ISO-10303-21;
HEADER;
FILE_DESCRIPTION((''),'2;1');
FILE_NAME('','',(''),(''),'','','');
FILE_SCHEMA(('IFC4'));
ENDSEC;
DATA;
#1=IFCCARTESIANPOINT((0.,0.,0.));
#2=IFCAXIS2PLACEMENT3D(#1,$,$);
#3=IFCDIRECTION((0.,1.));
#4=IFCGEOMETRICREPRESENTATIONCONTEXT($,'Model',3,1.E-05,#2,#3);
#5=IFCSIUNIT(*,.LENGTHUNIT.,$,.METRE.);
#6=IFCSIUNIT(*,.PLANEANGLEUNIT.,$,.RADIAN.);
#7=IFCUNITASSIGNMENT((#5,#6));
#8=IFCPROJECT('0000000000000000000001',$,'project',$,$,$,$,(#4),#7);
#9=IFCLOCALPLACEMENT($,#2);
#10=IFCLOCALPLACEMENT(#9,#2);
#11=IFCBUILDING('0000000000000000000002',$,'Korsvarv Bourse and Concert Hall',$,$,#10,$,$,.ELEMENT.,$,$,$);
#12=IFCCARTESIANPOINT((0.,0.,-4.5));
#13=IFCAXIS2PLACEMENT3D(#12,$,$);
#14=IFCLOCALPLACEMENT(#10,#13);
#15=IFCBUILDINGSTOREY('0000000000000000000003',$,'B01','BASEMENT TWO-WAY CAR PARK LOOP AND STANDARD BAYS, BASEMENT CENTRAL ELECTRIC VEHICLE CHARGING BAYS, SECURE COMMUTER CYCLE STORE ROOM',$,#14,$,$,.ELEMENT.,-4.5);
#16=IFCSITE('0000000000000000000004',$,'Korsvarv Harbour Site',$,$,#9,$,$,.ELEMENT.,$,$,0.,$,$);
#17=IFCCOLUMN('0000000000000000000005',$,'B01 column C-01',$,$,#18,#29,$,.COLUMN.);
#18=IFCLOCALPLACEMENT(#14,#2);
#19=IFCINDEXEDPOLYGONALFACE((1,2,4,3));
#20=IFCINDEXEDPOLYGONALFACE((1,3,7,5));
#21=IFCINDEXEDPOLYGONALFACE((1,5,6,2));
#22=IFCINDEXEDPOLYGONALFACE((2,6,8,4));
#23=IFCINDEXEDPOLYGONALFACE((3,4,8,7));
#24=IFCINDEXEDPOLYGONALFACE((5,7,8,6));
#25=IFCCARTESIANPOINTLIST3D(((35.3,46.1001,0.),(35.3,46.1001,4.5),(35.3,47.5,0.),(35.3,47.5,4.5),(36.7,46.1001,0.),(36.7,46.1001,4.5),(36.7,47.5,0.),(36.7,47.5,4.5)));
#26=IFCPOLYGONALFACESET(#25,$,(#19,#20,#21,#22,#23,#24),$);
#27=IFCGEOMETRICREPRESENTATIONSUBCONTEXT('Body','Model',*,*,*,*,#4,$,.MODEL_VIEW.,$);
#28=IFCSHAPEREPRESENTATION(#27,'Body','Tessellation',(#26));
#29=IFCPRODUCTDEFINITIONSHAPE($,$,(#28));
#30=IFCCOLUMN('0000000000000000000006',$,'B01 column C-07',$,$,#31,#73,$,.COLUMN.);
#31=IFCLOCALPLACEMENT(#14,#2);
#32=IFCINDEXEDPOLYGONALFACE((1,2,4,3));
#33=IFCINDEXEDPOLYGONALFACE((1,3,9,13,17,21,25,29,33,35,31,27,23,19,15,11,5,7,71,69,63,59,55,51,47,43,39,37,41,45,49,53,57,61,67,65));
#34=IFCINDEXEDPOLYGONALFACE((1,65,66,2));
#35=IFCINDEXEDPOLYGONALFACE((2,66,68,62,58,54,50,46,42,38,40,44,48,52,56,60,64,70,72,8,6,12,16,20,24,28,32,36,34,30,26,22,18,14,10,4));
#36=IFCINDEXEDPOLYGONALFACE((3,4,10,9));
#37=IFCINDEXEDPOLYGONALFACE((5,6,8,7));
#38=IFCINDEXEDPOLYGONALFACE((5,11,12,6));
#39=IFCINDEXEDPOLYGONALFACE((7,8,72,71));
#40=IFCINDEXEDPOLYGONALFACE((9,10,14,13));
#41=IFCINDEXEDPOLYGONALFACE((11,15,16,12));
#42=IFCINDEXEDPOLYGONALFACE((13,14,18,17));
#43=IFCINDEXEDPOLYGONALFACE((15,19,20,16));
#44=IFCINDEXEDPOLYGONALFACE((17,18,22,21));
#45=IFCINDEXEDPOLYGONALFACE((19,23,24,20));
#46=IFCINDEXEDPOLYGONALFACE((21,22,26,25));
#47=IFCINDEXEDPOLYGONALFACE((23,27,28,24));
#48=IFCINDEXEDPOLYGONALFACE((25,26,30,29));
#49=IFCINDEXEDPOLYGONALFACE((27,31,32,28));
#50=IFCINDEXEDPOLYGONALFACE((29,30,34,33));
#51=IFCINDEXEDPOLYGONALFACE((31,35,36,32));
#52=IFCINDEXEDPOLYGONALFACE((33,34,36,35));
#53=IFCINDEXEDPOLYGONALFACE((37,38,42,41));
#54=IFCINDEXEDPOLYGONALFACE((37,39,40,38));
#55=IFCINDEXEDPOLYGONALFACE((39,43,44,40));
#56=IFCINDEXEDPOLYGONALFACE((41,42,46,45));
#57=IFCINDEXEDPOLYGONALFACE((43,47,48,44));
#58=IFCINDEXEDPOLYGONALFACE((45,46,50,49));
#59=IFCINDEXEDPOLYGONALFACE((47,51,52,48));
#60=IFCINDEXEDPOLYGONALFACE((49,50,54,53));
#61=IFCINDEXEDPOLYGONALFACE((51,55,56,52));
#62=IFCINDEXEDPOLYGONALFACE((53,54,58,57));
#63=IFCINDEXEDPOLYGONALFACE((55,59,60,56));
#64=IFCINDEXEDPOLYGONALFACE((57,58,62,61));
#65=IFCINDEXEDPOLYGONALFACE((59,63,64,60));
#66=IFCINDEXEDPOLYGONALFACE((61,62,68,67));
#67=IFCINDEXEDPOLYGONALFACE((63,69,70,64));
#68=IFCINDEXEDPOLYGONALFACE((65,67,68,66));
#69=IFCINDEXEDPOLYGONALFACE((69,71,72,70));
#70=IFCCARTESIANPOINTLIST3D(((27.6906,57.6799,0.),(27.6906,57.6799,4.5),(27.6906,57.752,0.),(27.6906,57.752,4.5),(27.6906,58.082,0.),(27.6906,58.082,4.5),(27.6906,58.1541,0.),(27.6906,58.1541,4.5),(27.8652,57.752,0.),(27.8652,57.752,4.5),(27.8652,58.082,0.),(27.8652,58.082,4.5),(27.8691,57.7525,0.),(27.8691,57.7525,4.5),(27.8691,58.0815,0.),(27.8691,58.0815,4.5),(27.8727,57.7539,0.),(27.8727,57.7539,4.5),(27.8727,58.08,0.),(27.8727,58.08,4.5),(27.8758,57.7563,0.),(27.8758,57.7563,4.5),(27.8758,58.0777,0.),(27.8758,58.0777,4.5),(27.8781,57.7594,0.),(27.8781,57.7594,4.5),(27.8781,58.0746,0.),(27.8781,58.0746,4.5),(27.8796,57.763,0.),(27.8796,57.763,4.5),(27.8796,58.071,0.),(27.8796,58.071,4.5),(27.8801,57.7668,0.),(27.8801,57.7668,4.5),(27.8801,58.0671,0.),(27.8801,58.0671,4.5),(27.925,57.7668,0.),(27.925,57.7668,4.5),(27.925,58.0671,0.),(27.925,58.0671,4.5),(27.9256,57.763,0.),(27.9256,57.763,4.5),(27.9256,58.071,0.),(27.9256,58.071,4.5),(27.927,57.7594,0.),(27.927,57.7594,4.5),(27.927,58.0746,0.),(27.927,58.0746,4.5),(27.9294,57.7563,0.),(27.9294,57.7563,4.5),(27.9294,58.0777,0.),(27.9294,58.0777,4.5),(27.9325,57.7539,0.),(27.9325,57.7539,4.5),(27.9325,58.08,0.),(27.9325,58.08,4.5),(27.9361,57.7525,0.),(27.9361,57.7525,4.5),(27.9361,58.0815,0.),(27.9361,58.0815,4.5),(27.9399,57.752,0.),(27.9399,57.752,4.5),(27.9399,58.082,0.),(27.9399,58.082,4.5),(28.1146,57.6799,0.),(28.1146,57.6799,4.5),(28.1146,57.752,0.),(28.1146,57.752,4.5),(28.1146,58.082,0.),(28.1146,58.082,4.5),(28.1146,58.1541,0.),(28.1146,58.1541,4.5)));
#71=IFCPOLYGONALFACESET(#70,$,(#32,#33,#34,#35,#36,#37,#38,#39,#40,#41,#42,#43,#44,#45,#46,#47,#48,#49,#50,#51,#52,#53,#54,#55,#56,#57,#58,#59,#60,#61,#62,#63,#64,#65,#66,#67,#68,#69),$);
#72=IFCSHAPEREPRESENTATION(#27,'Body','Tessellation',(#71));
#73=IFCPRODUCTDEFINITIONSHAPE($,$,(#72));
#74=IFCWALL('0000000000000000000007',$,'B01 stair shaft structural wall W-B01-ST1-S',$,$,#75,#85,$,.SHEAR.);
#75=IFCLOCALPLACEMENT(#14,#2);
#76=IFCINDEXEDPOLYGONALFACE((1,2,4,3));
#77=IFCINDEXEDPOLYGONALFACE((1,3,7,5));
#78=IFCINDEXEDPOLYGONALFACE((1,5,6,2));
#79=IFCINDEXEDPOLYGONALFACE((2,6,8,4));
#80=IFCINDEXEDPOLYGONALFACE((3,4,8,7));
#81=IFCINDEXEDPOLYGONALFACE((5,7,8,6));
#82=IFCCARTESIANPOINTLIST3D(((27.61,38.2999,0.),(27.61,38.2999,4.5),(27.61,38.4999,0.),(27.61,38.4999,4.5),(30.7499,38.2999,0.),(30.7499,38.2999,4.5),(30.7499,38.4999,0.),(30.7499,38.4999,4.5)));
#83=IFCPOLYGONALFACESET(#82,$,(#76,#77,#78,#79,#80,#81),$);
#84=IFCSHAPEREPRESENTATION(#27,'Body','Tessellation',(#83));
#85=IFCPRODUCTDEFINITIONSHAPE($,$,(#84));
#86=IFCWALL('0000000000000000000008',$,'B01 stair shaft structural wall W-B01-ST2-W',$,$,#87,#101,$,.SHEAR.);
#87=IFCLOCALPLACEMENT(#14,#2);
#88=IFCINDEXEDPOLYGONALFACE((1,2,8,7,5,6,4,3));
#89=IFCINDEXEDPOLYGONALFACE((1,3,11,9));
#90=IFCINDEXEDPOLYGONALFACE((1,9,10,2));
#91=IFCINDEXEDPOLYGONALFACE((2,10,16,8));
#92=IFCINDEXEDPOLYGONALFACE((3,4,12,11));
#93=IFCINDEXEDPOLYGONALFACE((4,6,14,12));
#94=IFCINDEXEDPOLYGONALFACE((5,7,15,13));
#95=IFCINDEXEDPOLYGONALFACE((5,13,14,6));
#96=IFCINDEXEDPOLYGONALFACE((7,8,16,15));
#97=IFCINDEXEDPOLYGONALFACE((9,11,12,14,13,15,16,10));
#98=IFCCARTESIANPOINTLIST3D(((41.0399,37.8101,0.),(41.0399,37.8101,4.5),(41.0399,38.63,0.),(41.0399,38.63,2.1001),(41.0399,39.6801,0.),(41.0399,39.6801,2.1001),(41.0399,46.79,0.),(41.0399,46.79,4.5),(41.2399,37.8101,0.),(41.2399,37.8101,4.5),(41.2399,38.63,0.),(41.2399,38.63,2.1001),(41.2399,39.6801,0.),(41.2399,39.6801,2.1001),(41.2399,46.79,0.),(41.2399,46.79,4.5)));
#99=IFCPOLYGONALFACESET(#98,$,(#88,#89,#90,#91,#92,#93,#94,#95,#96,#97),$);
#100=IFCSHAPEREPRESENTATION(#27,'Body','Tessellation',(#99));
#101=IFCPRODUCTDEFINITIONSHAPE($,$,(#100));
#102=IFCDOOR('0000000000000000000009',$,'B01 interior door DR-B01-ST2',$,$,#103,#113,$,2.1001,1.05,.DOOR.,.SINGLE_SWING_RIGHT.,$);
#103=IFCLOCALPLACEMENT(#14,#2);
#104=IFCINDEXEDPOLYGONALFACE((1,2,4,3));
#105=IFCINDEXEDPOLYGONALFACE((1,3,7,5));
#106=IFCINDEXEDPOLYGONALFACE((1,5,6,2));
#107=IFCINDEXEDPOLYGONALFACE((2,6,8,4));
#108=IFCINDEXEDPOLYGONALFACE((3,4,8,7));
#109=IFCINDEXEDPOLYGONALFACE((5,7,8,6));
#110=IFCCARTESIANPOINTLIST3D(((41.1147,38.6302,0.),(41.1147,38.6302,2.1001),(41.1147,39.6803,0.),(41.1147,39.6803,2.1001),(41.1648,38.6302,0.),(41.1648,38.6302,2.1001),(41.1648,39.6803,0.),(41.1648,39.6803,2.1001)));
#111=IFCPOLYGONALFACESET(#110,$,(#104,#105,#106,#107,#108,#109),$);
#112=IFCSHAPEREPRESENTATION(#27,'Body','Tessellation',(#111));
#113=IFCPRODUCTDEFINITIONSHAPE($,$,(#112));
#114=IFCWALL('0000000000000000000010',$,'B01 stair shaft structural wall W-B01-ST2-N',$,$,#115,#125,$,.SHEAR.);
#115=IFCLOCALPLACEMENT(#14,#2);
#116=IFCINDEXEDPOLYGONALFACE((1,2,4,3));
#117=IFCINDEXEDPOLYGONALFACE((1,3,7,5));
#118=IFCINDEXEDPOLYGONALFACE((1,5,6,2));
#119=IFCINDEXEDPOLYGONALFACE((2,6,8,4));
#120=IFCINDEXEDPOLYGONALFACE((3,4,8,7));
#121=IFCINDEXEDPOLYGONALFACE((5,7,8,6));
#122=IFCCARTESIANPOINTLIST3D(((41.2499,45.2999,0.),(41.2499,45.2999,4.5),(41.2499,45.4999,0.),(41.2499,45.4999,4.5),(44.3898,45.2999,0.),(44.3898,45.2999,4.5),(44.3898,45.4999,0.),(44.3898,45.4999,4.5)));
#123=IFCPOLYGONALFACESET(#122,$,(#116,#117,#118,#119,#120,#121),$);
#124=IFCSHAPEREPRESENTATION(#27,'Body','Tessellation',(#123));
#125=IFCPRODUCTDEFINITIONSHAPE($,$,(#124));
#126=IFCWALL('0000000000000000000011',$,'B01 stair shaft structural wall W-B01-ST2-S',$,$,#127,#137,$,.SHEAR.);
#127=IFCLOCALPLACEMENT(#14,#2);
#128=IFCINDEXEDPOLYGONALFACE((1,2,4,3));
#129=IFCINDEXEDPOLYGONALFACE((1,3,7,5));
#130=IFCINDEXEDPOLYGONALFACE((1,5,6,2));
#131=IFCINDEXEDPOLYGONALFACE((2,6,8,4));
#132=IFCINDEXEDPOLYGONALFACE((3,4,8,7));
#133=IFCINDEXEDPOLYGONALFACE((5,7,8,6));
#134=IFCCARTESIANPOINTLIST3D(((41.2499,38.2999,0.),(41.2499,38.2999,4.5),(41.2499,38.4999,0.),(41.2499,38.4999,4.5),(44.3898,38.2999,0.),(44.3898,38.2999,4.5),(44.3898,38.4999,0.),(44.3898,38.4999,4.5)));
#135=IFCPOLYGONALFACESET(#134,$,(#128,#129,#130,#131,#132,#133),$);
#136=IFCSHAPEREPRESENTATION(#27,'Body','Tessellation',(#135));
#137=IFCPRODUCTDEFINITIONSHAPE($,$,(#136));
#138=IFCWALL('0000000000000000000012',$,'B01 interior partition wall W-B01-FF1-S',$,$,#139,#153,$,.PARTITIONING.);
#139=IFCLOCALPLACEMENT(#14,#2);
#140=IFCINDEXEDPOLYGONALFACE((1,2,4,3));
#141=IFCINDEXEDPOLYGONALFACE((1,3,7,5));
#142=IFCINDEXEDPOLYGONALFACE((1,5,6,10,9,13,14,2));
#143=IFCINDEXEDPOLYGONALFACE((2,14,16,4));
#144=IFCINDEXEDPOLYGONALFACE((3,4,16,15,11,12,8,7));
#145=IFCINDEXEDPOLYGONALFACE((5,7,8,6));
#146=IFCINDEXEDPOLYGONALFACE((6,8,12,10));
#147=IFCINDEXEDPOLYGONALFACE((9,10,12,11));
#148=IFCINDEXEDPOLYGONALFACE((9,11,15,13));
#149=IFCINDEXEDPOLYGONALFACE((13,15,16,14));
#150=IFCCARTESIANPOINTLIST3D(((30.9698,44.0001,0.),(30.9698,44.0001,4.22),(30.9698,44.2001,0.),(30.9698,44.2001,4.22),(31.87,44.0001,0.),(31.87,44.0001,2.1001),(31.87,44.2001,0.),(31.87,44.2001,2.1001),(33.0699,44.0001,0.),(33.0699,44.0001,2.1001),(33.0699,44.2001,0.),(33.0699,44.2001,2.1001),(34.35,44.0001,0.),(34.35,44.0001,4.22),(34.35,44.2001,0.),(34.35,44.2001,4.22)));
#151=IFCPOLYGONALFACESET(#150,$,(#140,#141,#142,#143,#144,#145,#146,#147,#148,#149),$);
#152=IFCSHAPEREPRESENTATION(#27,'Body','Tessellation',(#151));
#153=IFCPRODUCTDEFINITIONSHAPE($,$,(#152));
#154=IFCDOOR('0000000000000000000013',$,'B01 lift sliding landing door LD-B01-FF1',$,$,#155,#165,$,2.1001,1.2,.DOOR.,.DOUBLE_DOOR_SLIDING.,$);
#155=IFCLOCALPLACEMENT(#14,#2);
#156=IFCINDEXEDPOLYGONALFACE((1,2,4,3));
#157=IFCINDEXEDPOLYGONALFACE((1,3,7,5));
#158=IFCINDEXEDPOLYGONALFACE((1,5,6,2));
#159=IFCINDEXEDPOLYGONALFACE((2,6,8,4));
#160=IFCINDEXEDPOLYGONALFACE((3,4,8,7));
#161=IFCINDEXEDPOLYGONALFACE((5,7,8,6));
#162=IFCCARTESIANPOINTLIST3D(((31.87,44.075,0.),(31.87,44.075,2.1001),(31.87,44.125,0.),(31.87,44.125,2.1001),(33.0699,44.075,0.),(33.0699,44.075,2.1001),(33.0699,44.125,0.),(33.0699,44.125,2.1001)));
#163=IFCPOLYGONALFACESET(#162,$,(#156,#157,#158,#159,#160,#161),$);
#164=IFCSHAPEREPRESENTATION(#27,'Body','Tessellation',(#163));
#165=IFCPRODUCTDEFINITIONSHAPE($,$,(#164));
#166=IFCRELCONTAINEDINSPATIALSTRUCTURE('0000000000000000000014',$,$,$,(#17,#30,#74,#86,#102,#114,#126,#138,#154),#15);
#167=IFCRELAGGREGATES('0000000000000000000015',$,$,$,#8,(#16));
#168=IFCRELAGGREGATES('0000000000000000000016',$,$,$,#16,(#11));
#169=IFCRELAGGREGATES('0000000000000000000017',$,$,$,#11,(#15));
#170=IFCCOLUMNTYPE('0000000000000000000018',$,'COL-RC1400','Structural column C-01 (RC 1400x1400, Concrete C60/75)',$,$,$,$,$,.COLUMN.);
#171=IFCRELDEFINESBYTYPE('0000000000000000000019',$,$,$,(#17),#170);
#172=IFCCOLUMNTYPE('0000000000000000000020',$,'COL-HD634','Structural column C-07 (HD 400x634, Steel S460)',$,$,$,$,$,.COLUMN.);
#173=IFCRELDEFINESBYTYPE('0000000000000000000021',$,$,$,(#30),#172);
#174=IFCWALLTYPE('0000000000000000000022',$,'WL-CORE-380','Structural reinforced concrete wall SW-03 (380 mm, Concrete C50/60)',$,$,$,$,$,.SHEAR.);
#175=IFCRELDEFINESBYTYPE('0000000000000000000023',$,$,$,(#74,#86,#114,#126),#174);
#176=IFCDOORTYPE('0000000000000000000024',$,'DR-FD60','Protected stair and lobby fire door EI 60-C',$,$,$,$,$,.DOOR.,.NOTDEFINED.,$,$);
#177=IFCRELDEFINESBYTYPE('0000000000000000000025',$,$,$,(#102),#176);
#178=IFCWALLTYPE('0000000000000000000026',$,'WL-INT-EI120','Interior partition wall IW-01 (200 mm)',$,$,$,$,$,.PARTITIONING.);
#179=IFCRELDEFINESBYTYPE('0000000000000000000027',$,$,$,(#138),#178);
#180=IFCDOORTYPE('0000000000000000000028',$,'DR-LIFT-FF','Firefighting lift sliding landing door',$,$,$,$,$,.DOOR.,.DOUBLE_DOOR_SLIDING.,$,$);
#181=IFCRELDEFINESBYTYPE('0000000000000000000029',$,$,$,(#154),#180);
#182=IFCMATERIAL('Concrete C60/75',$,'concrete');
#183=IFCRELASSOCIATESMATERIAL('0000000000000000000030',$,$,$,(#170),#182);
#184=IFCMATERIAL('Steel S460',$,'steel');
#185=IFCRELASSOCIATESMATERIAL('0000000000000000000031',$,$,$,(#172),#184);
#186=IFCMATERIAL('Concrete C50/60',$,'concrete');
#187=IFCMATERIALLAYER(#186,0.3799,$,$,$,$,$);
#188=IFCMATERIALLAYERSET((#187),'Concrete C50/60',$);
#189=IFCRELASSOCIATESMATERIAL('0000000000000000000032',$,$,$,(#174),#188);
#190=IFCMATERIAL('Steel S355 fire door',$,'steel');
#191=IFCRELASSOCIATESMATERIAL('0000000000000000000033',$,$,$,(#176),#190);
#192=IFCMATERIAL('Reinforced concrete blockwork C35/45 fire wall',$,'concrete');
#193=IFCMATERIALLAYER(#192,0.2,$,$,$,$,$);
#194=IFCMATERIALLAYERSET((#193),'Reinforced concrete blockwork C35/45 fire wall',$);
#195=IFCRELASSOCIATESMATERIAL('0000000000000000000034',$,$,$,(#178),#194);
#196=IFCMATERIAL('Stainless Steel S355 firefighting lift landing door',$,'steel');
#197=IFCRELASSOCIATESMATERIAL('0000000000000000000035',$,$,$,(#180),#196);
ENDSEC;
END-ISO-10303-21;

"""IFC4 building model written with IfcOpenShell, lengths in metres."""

from ifc_helpers import new_model, si_unit, direction, frame, frame_2d, origin, origin_2d, place, context, subcontext, project, spatial, rectangle, i_section, extrude, source, transform, mapped, material, layer, layer_set, material_profile, profile_set, type_object, element, fill, save


model = new_model("IFC4")

# Units and contexts
model_context = context("Model", 3, precision=1e-05, world=origin(), true_north=direction((0.0, 1.0)))
body_context = subcontext(model_context, "Body", "Model", "MODEL_VIEW")
ifc_project = project(units=[si_unit("LENGTHUNIT", "METRE"), si_unit("PLANEANGLEUNIT", "RADIAN")], contexts=[model_context])

# Site, building, storey
site_placement = place(None, origin())
site = spatial("IfcSite", under=ifc_project, at=site_placement, Name="Korsvarv Harbour Site", CompositionType="ELEMENT", RefElevation=0.0)
building_placement = place(site_placement, origin())
building = spatial("IfcBuilding", under=site, at=building_placement, Name="Korsvarv Bourse and Concert Hall", CompositionType="ELEMENT")
storey_placement = place(building_placement, frame((0.0, 0.0, -4.5)))
storey = spatial("IfcBuildingStorey", under=building, at=storey_placement, Name="B01", Description="BASEMENT TWO-WAY CAR PARK LOOP AND STANDARD BAYS, BASEMENT CENTRAL ELECTRIC VEHICLE CHARGING BAYS, SECURE COMMUTER CYCLE STORE ROOM", CompositionType="ELEMENT", Elevation=-4.5)

# Columns
ifc_material_1 = material(Name="Concrete C60/75", Category="concrete")
ifc_material_profile_1 = material_profile(ifc_material_1, rectangle(XDim=1.3999, YDim=1.3999, at=origin_2d()), Name="RC 1400x1400")
ifc_profile_set_1 = profile_set([ifc_material_profile_1], Name="Concrete C60/75")
column_type_1 = type_object("IfcColumnType", Name="COL-RC1400", Description="Structural column C-01 (RC 1400x1400, Concrete C60/75)", PredefinedType="COLUMN", material=ifc_profile_set_1)
shared_shape_1 = source(origin(), body_context, "Body", "SweptSolid", [
    extrude(rectangle(XDim=1.3999, YDim=1.3999, at=origin_2d()), origin(), (0.0, 0.0, 1.0), 4.5),
])
column_1_placement = place(storey_placement, frame((36.0, 46.8, 0.0), z_axis=(0.0, 0.0, 1.0), x_axis=(1.0, 0.0, 0.0)))
element("IfcColumn", 1, at=column_1_placement, inside=storey, type_object=column_type_1, Name="B01 column C-01", PredefinedType="COLUMN", context=body_context, shape_type="MappedRepresentation", body=[
    mapped(shared_shape_1, transform((0.0, 0.0, 0.0), scale=1.0)),
])
ifc_material_2 = material(Name="Steel S460", Category="steel")
ifc_material_profile_2 = material_profile(ifc_material_2, i_section(OverallWidth=0.4241, OverallDepth=0.4741, WebThickness=0.0449, FlangeThickness=0.072, FilletRadius=0.0149, at=origin_2d()), Name="HD 400x634")
ifc_profile_set_2 = profile_set([ifc_material_profile_2], Name="Steel S460")
column_type_2 = type_object("IfcColumnType", Name="COL-HD634", Description="Structural column C-07 (HD 400x634, Steel S460)", PredefinedType="COLUMN", material=ifc_profile_set_2)
shared_shape_2 = source(origin(), body_context, "Body", "SweptSolid", [
    extrude(i_section(OverallWidth=0.4241, OverallDepth=0.4741, WebThickness=0.0449, FlangeThickness=0.072, FilletRadius=0.0149, at=origin_2d()), origin(), (0.0, 0.0, 1.0), 4.5),
])
column_2_placement = place(storey_placement, frame((27.9026, 57.917, 0.0), z_axis=(0.0, 0.0, 1.0), x_axis=(1.0, 0.0, 0.0)))
element("IfcColumn", 2, at=column_2_placement, inside=storey, type_object=column_type_2, Name="B01 column C-07", PredefinedType="COLUMN", context=body_context, shape_type="MappedRepresentation", body=[
    mapped(shared_shape_2, transform((0.0, 0.0, 0.0), scale=1.0)),
])

# Wall
ifc_material_3 = material(Name="Concrete C50/60", Category="concrete")
ifc_layer_1 = layer(ifc_material_3, 0.3799)
ifc_layer_set_1 = layer_set([ifc_layer_1], Name="Concrete C50/60")
wall_type_1 = type_object("IfcWallType", Name="WL-CORE-380", Description="Structural reinforced concrete wall SW-03 (380 mm, Concrete C50/60)", PredefinedType="SHEAR", material=ifc_layer_set_1)
wall_1_placement = place(storey_placement, frame((27.6101, 38.3999, 0.0), z_axis=(0.0, 0.0, 1.0), x_axis=(1.0, 0.0, 0.0)))
element("IfcWall", 3, at=wall_1_placement, inside=storey, type_object=wall_type_1, Name="B01 stair shaft structural wall W-B01-ST1-S", PredefinedType="SHEAR", context=body_context, shape_type="SweptSolid", body=[
    extrude(rectangle(XDim=3.1399, YDim=0.2, at=frame_2d((1.5698, 0.0))), origin(), (0.0, 0.0, 1.0), 4.5),
])

# Wall, opening, door
wall_2_placement = place(storey_placement, frame((41.1399, 37.8101, 0.0), z_axis=(0.0, 0.0, 1.0), x_axis=(0.0, 1.0, 0.0)))
wall_2 = element("IfcWall", 4, at=wall_2_placement, inside=storey, type_object=wall_type_1, Name="B01 stair shaft structural wall W-B01-ST2-W", PredefinedType="SHEAR", context=body_context, shape_type="SweptSolid", body=[
    extrude(rectangle(XDim=8.98, YDim=0.2, at=frame_2d((4.49, 0.0))), origin(), (0.0, 0.0, 1.0), 4.5),
])
opening_1_placement = place(wall_2_placement, frame((0.8201, 0.0, 0.0)))
opening_1 = element("IfcOpeningElement", 5, at=opening_1_placement, cuts=wall_2, PredefinedType="OPENING", context=body_context, shape_type="SweptSolid", body=[
    extrude(rectangle(XDim=1.05, YDim=2.1001, at=frame_2d((0.5249, 1.05))), frame((0.0, 0.1099, 0.0), z_axis=(0.0, -1.0, 0.0), x_axis=(1.0, 0.0, 0.0)), (0.0, 0.0, 1.0), 0.22),
])
ifc_material_4 = material(Name="Steel S355 fire door", Category="steel")
door_type_1 = type_object("IfcDoorType", Name="DR-FD60", Description="Protected stair and lobby fire door EI 60-C", OperationType="NOTDEFINED", PredefinedType="DOOR", material=ifc_material_4)
door_1_placement = place(opening_1_placement, frame((1.05, 0.0, 0.0), z_axis=(0.0, 0.0, 1.0), x_axis=(-1.0, 0.0, 0.0)))
door_1 = element("IfcDoor", 6, at=door_1_placement, inside=storey, type_object=door_type_1, Name="B01 interior door DR-B01-ST2", OperationType="SINGLE_SWING_RIGHT", OverallHeight=2.1001, OverallWidth=1.05, PredefinedType="DOOR", context=body_context, shape_type="SweptSolid", body=[
    extrude(rectangle(XDim=1.05, YDim=2.1001, at=frame_2d((0.5249, 1.05))), frame((0.0, 0.0249, 0.0), z_axis=(0.0, -1.0, 0.0), x_axis=(1.0, 0.0, 0.0)), (0.0, 0.0, 1.0), 0.05),
])
fill(opening_1, door_1)

# Walls
for number, where, z_axis, x_axis, name in (
    (7, (41.25, 45.3999, 0.0), (0.0, 0.0, 1.0), (1.0, 0.0, 0.0), "B01 stair shaft structural wall W-B01-ST2-N"),
    (8, (41.25, 38.3999, 0.0), (0.0, 0.0, 1.0), (1.0, 0.0, 0.0), "B01 stair shaft structural wall W-B01-ST2-S"),
):
    element("IfcWall", number, at=place(storey_placement, frame(where, z_axis=z_axis, x_axis=x_axis)), inside=storey, type_object=wall_type_1, Name=name, PredefinedType="SHEAR", context=body_context, shape_type="SweptSolid", body=[
        extrude(rectangle(XDim=3.1399, YDim=0.2, at=frame_2d((1.5698, 0.0))), origin(), (0.0, 0.0, 1.0), 4.5),
    ])

# Wall, opening, door
ifc_material_5 = material(Name="Reinforced concrete blockwork C35/45 fire wall", Category="concrete")
ifc_layer_2 = layer(ifc_material_5, 0.2)
ifc_layer_set_2 = layer_set([ifc_layer_2], Name="Reinforced concrete blockwork C35/45 fire wall")
wall_type_2 = type_object("IfcWallType", Name="WL-INT-EI120", Description="Interior partition wall IW-01 (200 mm)", PredefinedType="PARTITIONING", material=ifc_layer_set_2)
wall_3_placement = place(storey_placement, frame((30.97, 44.1001, 0.0), z_axis=(0.0, 0.0, 1.0), x_axis=(1.0, 0.0, 0.0)))
wall_3 = element("IfcWall", 9, at=wall_3_placement, inside=storey, type_object=wall_type_2, Name="B01 interior partition wall W-B01-FF1-S", PredefinedType="PARTITIONING", context=body_context, shape_type="SweptSolid", body=[
    extrude(rectangle(XDim=3.3801, YDim=0.2, at=frame_2d((1.6899, 0.0))), origin(), (0.0, 0.0, 1.0), 4.22),
])
opening_2_placement = place(wall_3_placement, frame((0.8999, 0.0, 0.0)))
opening_2 = element("IfcOpeningElement", 10, at=opening_2_placement, cuts=wall_3, PredefinedType="OPENING", context=body_context, shape_type="SweptSolid", body=[
    extrude(rectangle(XDim=1.2, YDim=2.1001, at=frame_2d((0.6001, 1.05))), frame((0.0, 0.1099, 0.0), z_axis=(0.0, -1.0, 0.0), x_axis=(1.0, 0.0, 0.0)), (0.0, 0.0, 1.0), 0.22),
])
ifc_material_6 = material(Name="Stainless Steel S355 firefighting lift landing door", Category="steel")
door_type_2 = type_object("IfcDoorType", Name="DR-LIFT-FF", Description="Firefighting lift sliding landing door", OperationType="DOUBLE_DOOR_SLIDING", PredefinedType="DOOR", material=ifc_material_6)
door_2_placement = place(opening_2_placement, origin())
door_2 = element("IfcDoor", 11, at=door_2_placement, inside=storey, type_object=door_type_2, Name="B01 lift sliding landing door LD-B01-FF1", OperationType="DOUBLE_DOOR_SLIDING", OverallHeight=2.1001, OverallWidth=1.2, PredefinedType="DOOR", context=body_context, shape_type="SweptSolid", body=[
    extrude(rectangle(XDim=1.2, YDim=2.1001, at=frame_2d((0.6001, 1.05))), frame((0.0, 0.0249, 0.0), z_axis=(0.0, -1.0, 0.0), x_axis=(1.0, 0.0, 0.0)), (0.0, 0.0, 1.0), 0.05),
])
fill(opening_2, door_2)

save(model, "model.ifc")
